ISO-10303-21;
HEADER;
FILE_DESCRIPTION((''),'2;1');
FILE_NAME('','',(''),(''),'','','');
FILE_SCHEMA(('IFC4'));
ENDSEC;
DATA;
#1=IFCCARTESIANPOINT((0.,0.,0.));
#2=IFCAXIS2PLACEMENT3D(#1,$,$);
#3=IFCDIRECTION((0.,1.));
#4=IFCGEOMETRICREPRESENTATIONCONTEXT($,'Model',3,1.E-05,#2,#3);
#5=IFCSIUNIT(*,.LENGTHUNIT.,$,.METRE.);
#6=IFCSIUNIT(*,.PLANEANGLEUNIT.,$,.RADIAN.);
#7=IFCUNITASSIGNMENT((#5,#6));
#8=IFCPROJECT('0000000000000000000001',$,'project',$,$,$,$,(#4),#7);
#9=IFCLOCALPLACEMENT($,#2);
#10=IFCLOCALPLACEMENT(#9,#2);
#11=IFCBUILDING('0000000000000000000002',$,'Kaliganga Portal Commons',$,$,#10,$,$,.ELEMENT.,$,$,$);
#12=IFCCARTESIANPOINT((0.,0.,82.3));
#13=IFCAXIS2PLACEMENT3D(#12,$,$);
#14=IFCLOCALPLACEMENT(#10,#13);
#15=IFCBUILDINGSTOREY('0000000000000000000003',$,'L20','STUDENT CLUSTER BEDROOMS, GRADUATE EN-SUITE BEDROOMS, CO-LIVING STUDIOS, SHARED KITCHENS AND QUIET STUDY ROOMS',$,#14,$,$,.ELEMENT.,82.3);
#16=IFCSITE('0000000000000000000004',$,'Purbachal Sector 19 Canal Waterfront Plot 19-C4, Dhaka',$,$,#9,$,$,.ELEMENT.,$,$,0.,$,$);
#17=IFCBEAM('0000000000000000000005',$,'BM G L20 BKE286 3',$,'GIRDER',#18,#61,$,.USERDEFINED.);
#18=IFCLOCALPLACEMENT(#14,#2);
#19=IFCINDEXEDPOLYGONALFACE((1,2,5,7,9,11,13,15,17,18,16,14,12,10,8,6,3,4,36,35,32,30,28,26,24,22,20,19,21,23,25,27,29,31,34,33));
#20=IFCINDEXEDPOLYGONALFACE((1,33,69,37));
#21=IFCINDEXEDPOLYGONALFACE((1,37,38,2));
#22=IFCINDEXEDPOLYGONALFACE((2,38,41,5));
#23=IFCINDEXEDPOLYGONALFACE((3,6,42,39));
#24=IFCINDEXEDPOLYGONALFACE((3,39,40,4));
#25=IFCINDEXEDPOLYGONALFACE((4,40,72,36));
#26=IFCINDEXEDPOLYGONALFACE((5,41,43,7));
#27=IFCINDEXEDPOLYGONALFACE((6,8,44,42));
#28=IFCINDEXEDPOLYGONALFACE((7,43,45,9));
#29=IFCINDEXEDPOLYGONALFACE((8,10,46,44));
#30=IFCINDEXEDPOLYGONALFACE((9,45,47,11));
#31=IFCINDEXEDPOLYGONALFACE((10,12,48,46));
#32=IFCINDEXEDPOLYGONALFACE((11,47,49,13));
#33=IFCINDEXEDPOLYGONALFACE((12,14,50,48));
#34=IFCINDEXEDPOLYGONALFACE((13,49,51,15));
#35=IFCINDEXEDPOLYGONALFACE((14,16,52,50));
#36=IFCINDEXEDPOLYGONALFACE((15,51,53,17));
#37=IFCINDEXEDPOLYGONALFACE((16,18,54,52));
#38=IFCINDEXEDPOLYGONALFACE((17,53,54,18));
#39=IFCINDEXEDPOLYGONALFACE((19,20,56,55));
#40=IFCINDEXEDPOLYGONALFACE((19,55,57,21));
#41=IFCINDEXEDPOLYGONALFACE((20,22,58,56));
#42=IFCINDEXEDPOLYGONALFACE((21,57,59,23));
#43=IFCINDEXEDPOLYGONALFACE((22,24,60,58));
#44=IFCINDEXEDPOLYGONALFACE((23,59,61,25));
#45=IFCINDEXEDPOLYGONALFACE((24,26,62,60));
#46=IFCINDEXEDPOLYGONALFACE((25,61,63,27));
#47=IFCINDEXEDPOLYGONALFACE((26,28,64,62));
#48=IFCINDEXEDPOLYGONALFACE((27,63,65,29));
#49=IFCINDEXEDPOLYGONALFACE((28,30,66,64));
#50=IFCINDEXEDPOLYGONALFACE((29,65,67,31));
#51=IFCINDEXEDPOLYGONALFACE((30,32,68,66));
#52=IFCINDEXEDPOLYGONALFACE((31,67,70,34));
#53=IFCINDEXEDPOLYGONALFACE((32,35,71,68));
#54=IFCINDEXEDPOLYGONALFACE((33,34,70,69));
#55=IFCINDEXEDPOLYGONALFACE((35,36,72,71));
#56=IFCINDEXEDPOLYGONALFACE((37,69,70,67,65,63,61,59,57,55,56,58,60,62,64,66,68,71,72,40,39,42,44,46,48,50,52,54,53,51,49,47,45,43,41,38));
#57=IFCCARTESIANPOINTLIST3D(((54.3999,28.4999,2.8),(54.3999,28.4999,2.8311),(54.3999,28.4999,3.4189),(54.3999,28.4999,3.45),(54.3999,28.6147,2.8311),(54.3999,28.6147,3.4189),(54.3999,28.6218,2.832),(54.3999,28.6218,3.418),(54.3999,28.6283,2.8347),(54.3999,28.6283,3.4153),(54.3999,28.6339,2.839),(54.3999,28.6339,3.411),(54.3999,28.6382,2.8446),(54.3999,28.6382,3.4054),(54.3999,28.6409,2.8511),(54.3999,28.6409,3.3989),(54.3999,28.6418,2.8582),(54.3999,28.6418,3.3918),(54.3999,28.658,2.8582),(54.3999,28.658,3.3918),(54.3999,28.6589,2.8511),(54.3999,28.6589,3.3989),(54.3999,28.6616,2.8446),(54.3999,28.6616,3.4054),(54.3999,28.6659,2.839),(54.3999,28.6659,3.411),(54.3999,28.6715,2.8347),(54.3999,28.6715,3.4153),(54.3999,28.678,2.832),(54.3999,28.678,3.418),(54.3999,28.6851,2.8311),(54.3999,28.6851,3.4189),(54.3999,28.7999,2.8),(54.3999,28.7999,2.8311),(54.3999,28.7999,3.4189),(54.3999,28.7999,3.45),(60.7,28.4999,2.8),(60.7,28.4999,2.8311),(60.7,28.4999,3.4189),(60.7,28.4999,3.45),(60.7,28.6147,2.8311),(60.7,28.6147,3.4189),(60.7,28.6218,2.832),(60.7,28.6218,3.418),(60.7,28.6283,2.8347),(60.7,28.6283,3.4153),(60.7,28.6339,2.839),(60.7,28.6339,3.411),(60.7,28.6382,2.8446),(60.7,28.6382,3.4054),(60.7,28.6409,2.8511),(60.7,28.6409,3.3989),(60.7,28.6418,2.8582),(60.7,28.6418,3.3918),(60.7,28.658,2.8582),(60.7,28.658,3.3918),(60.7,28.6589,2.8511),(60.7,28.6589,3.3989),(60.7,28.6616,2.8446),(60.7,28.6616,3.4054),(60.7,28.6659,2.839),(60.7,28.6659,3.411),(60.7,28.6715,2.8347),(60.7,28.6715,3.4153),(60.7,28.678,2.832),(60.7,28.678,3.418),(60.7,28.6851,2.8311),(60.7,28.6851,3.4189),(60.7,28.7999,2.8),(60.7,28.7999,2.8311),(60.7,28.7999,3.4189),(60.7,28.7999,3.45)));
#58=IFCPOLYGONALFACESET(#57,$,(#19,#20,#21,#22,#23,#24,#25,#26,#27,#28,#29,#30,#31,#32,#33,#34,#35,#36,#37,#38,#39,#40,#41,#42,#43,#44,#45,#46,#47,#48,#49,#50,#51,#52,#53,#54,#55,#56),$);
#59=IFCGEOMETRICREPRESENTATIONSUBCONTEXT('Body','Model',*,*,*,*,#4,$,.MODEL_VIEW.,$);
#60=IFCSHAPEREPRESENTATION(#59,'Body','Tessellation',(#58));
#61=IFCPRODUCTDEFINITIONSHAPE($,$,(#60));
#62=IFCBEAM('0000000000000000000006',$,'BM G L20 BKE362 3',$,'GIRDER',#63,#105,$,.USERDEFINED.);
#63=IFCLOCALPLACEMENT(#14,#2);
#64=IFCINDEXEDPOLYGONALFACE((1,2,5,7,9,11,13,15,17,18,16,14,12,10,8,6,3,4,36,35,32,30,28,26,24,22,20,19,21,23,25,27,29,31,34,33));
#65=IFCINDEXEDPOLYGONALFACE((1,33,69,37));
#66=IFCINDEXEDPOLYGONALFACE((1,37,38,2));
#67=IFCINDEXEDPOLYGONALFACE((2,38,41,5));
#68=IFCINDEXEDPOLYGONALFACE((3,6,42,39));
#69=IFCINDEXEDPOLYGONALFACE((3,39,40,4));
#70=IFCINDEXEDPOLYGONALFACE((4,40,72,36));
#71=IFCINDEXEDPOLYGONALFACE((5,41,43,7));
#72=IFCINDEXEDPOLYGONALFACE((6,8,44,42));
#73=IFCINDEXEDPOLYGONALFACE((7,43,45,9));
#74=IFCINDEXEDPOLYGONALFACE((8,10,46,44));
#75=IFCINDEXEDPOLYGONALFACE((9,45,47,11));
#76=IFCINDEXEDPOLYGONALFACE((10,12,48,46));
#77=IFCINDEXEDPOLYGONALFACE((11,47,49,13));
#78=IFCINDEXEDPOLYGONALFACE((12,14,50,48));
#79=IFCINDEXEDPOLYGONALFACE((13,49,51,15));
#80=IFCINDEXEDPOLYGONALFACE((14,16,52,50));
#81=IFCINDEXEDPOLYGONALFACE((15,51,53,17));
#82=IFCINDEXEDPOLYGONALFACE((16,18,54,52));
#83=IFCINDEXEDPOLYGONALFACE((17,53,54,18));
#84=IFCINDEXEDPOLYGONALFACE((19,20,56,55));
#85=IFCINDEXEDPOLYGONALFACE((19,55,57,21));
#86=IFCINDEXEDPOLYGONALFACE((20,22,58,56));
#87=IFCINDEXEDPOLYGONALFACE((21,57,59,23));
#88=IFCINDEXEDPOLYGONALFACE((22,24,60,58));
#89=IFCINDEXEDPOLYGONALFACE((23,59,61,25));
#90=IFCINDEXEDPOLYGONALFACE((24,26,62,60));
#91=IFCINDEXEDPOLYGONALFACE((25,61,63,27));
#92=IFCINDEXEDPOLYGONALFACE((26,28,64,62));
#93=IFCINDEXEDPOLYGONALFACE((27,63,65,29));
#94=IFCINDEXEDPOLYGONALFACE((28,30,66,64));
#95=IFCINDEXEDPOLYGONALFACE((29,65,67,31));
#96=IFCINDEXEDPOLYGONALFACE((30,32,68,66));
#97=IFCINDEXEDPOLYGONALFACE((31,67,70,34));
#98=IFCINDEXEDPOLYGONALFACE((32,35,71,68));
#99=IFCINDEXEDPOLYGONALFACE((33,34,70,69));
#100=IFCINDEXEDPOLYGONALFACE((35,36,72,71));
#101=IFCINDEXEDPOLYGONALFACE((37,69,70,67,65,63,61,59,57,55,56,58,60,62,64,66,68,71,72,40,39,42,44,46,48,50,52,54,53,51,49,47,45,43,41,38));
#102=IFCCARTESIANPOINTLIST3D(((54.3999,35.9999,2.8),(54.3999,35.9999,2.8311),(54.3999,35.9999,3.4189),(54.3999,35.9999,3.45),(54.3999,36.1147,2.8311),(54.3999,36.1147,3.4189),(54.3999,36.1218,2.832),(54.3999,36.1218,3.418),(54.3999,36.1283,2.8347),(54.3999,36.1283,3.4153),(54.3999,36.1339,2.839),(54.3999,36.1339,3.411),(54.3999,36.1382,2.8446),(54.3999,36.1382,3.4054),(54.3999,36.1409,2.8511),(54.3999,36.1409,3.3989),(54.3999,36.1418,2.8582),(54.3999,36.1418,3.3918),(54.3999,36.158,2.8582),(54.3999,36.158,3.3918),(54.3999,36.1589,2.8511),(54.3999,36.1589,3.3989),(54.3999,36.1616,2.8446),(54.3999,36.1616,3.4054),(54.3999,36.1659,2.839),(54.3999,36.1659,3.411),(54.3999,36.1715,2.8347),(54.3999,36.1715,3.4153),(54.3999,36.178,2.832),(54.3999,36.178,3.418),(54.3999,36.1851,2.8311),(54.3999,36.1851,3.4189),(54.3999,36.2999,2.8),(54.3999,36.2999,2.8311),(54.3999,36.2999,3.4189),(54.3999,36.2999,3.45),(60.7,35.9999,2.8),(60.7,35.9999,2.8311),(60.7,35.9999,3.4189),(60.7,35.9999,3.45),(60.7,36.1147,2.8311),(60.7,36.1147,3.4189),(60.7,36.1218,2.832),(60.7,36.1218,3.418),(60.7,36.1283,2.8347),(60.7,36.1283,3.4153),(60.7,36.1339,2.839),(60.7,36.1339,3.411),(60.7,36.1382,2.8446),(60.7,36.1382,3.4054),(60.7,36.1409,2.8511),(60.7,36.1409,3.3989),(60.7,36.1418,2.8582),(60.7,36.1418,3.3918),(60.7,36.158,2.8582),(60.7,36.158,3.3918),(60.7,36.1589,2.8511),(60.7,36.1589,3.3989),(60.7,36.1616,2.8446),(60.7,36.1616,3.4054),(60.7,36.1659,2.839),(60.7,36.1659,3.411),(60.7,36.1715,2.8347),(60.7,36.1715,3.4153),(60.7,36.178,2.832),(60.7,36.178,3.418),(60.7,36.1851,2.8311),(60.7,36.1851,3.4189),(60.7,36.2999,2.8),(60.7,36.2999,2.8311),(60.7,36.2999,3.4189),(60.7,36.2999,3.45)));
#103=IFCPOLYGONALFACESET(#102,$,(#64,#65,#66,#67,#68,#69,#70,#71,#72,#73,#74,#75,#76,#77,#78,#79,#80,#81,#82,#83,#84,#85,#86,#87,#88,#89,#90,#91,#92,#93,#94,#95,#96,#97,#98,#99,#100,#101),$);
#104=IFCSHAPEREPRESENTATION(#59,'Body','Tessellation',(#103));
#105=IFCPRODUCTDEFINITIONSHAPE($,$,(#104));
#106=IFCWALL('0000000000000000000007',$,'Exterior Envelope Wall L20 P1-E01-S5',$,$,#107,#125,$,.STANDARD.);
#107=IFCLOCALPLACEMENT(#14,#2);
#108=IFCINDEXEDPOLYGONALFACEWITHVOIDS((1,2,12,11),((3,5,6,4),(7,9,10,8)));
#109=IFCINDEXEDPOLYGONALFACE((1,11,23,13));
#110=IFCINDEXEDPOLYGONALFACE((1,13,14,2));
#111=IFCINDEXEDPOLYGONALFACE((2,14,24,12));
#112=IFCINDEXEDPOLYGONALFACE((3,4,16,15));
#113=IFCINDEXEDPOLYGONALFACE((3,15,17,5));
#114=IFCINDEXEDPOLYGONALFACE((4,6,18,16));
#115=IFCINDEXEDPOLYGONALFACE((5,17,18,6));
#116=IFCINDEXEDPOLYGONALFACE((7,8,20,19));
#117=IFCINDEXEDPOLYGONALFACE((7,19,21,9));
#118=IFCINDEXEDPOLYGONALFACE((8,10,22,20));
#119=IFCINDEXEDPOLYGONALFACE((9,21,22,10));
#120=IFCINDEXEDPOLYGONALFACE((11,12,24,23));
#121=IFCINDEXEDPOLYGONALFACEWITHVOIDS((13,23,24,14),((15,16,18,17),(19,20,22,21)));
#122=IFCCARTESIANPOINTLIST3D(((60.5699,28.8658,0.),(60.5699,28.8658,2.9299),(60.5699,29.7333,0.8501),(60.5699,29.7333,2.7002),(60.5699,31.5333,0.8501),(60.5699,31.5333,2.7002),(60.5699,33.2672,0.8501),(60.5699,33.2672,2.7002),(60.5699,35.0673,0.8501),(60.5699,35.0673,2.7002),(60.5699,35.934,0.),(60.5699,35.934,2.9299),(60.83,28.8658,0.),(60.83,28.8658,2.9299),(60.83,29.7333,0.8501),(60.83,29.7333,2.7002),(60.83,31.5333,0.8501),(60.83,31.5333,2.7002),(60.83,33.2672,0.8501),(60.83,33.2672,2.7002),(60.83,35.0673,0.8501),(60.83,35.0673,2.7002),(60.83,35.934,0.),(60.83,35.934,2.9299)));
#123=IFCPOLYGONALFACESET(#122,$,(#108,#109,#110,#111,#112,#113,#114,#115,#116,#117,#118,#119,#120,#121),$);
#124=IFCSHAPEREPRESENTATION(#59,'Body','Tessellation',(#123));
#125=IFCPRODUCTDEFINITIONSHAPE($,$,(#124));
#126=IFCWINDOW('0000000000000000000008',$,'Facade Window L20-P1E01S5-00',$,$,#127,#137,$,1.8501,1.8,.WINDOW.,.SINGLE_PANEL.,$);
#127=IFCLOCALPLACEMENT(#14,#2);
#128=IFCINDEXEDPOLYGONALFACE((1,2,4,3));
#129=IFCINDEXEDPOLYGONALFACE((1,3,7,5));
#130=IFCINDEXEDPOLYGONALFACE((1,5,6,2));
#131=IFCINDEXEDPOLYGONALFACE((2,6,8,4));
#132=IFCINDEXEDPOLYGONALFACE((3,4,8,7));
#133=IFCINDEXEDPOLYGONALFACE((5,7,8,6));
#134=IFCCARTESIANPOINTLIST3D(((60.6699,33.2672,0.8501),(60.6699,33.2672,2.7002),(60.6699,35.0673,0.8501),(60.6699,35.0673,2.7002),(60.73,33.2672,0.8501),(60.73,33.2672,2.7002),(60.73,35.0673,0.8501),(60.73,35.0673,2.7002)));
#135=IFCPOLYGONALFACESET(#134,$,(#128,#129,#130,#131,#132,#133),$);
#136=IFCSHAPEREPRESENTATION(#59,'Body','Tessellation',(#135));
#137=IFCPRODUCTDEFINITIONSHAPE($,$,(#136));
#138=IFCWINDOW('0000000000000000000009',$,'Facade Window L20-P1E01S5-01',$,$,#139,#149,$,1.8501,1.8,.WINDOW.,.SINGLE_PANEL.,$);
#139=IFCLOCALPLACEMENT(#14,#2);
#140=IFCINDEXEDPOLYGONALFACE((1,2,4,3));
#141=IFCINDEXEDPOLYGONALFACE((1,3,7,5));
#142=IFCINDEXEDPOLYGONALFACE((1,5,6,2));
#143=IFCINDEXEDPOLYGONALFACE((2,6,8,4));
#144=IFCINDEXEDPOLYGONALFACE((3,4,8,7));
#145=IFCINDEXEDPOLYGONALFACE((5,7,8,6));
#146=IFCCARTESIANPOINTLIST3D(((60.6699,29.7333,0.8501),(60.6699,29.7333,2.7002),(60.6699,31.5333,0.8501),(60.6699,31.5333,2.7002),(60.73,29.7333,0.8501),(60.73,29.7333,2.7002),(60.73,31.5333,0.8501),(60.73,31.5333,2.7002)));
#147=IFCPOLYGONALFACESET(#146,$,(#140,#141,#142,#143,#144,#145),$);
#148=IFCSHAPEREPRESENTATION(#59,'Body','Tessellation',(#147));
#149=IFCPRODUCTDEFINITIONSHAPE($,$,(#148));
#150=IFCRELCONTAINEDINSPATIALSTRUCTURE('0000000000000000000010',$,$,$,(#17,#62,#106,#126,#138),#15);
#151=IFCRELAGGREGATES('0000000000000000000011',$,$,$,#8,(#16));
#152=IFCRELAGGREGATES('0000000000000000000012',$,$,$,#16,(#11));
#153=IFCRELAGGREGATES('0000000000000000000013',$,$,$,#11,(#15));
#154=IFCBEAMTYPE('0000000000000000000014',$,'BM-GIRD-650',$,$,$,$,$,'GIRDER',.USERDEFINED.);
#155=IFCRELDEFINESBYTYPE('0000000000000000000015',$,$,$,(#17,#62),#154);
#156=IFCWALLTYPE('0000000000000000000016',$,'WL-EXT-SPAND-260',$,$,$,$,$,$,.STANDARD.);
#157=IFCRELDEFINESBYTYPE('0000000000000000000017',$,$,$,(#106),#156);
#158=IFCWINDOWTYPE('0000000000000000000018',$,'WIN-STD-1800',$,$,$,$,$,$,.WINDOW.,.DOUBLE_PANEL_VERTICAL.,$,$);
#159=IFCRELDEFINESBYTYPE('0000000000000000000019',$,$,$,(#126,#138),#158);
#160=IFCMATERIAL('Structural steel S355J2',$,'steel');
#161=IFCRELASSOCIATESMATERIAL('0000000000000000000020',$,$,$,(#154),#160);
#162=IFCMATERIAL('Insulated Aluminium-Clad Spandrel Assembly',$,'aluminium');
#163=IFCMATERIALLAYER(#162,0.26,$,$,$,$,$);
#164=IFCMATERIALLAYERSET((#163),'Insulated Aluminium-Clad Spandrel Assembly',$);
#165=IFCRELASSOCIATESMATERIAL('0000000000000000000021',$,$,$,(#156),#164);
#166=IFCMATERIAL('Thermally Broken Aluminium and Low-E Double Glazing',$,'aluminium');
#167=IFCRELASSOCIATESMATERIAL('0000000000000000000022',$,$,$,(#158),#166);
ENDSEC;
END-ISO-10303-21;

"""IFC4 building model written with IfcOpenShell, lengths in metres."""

from ifc_helpers import new_model, si_unit, direction, frame, frame_2d, origin, origin_2d, place, context, subcontext, project, spatial, rectangle, i_section, extrude, source, transform, mapped, material, layer, layer_set, material_profile, profile_set, type_object, element, fill, save


model = new_model("IFC4")

# Units and contexts
model_context = context("Model", 3, precision=1e-05, world=origin(), true_north=direction((0.0, 1.0)))
body_context = subcontext(model_context, "Body", "Model", "MODEL_VIEW")
ifc_project = project(units=[si_unit("LENGTHUNIT", "METRE"), si_unit("PLANEANGLEUNIT", "RADIAN")], contexts=[model_context])

# Site, building, storey
site_placement = place(None, origin())
site = spatial("IfcSite", under=ifc_project, at=site_placement, Name="Purbachal Sector 19 Canal Waterfront Plot 19-C4, Dhaka", CompositionType="ELEMENT", RefElevation=0.0)
building_placement = place(site_placement, origin())
building = spatial("IfcBuilding", under=site, at=building_placement, Name="Kaliganga Portal Commons", CompositionType="ELEMENT")
storey_placement = place(building_placement, frame((0.0, 0.0, 82.3)))
storey = spatial("IfcBuildingStorey", under=building, at=storey_placement, Name="L20", Description="STUDENT CLUSTER BEDROOMS, GRADUATE EN-SUITE BEDROOMS, CO-LIVING STUDIOS, SHARED KITCHENS AND QUIET STUDY ROOMS", CompositionType="ELEMENT", Elevation=82.3)

# Beams
ifc_material_1 = material(Name="Structural steel S355J2", Category="steel")
ifc_material_profile_1 = material_profile(ifc_material_1, i_section(OverallWidth=0.3, OverallDepth=0.6499, WebThickness=0.0161, FlangeThickness=0.031, FilletRadius=0.0271, at=origin_2d()), Name="HE 650 B")
ifc_profile_set_1 = profile_set([ifc_material_profile_1], Name="Structural steel S355J2 wide-flange")
beam_type_1 = type_object("IfcBeamType", Name="BM-GIRD-650", ElementType="GIRDER", PredefinedType="USERDEFINED", material=ifc_profile_set_1)
shared_shape_1 = source(origin(), body_context, "Body", "SweptSolid", [
    extrude(i_section(OverallWidth=0.3, OverallDepth=0.6499, WebThickness=0.0161, FlangeThickness=0.031, FilletRadius=0.0271, at=origin_2d()), origin(), (0.0, 0.0, 1.0), 6.3),
])
for number, where, z_axis, x_axis, name in (
    (1, (54.3999, 28.6499, 3.125), (1.0, 0.0, 0.0), (0.0, 1.0, 0.0), "BM G L20 BKE286 3"),
    (2, (54.3999, 36.1499, 3.125), (1.0, 0.0, 0.0), (0.0, 1.0, 0.0), "BM G L20 BKE362 3"),
):
    element("IfcBeam", number, at=place(storey_placement, frame(where, z_axis=z_axis, x_axis=x_axis)), inside=storey, type_object=beam_type_1, Name=name, ObjectType="GIRDER", PredefinedType="USERDEFINED", context=body_context, shape_type="MappedRepresentation", body=[
        mapped(shared_shape_1, transform((0.0, 0.0, 0.0), x_axis=(1.0, 0.0, 0.0), y_axis=(0.0, 1.0, 0.0), z_axis=(0.0, 0.0, 1.0), scale=1.0)),
    ])

# Wall, openings, windows
ifc_material_2 = material(Name="Insulated Aluminium-Clad Spandrel Assembly", Category="aluminium")
ifc_layer = layer(ifc_material_2, 0.26)
ifc_layer_set = layer_set([ifc_layer], Name="Insulated Aluminium-Clad Spandrel Assembly")
wall_type = type_object("IfcWallType", Name="WL-EXT-SPAND-260", PredefinedType="STANDARD", material=ifc_layer_set)
wall_placement = place(storey_placement, frame((60.7, 35.9341, 0.0), z_axis=(0.0, 0.0, 1.0), x_axis=(0.0, -1.0, 0.0)))
wall = element("IfcWall", 3, at=wall_placement, inside=storey, type_object=wall_type, Name="Exterior Envelope Wall L20 P1-E01-S5", PredefinedType="STANDARD", context=body_context, shape_type="SweptSolid", body=[
    extrude(rectangle(XDim=7.0681, YDim=0.26, at=frame_2d((3.5342, 0.0))), origin(), (0.0, 0.0, 1.0), 2.9299),
])
opening_1_placement = place(wall_placement, frame((0.8669, 0.0, 0.8501)))
opening_1 = element("IfcOpeningElement", 4, at=opening_1_placement, cuts=wall, PredefinedType="OPENING", context=body_context, shape_type="SweptSolid", body=[
    extrude(rectangle(XDim=1.8, YDim=1.8501, at=frame_2d((0.8999, 0.925))), frame((0.0, 0.1401, 0.0), z_axis=(0.0, -1.0, 0.0), x_axis=(1.0, 0.0, 0.0)), (0.0, 0.0, 1.0), 0.28),
])
opening_2_placement = place(wall_placement, frame((4.4009, 0.0, 0.8501)))
opening_2 = element("IfcOpeningElement", 5, at=opening_2_placement, cuts=wall, PredefinedType="OPENING", context=body_context, shape_type="SweptSolid", body=[
    extrude(rectangle(XDim=1.8, YDim=1.8501, at=frame_2d((0.8999, 0.925))), frame((0.0, 0.1401, 0.0), z_axis=(0.0, -1.0, 0.0), x_axis=(1.0, 0.0, 0.0)), (0.0, 0.0, 1.0), 0.28),
])
ifc_material_3 = material(Name="Thermally Broken Aluminium and Low-E Double Glazing", Category="aluminium")
window_type = type_object("IfcWindowType", Name="WIN-STD-1800", PartitioningType="DOUBLE_PANEL_VERTICAL", PredefinedType="WINDOW", material=ifc_material_3)
window_1_placement = place(opening_1_placement, origin())
window_1 = element("IfcWindow", 6, at=window_1_placement, inside=storey, type_object=window_type, Name="Facade Window L20-P1E01S5-00", OverallHeight=1.8501, OverallWidth=1.8, PartitioningType="SINGLE_PANEL", PredefinedType="WINDOW", context=body_context, shape_type="SweptSolid", body=[
    extrude(rectangle(XDim=1.8, YDim=1.8501, at=frame_2d((0.8999, 0.925))), frame((0.0, 0.03, 0.0), z_axis=(0.0, -1.0, 0.0), x_axis=(1.0, 0.0, 0.0)), (0.0, 0.0, 1.0), 0.0601),
])
fill(opening_1, window_1)
window_2_placement = place(opening_2_placement, origin())
window_2 = element("IfcWindow", 7, at=window_2_placement, inside=storey, type_object=window_type, Name="Facade Window L20-P1E01S5-01", OverallHeight=1.8501, OverallWidth=1.8, PartitioningType="SINGLE_PANEL", PredefinedType="WINDOW", context=body_context, shape_type="SweptSolid", body=[
    extrude(rectangle(XDim=1.8, YDim=1.8501, at=frame_2d((0.8999, 0.925))), frame((0.0, 0.03, 0.0), z_axis=(0.0, -1.0, 0.0), x_axis=(1.0, 0.0, 0.0)), (0.0, 0.0, 1.0), 0.0601),
])
fill(opening_2, window_2)

save(model, "model.ifc")
